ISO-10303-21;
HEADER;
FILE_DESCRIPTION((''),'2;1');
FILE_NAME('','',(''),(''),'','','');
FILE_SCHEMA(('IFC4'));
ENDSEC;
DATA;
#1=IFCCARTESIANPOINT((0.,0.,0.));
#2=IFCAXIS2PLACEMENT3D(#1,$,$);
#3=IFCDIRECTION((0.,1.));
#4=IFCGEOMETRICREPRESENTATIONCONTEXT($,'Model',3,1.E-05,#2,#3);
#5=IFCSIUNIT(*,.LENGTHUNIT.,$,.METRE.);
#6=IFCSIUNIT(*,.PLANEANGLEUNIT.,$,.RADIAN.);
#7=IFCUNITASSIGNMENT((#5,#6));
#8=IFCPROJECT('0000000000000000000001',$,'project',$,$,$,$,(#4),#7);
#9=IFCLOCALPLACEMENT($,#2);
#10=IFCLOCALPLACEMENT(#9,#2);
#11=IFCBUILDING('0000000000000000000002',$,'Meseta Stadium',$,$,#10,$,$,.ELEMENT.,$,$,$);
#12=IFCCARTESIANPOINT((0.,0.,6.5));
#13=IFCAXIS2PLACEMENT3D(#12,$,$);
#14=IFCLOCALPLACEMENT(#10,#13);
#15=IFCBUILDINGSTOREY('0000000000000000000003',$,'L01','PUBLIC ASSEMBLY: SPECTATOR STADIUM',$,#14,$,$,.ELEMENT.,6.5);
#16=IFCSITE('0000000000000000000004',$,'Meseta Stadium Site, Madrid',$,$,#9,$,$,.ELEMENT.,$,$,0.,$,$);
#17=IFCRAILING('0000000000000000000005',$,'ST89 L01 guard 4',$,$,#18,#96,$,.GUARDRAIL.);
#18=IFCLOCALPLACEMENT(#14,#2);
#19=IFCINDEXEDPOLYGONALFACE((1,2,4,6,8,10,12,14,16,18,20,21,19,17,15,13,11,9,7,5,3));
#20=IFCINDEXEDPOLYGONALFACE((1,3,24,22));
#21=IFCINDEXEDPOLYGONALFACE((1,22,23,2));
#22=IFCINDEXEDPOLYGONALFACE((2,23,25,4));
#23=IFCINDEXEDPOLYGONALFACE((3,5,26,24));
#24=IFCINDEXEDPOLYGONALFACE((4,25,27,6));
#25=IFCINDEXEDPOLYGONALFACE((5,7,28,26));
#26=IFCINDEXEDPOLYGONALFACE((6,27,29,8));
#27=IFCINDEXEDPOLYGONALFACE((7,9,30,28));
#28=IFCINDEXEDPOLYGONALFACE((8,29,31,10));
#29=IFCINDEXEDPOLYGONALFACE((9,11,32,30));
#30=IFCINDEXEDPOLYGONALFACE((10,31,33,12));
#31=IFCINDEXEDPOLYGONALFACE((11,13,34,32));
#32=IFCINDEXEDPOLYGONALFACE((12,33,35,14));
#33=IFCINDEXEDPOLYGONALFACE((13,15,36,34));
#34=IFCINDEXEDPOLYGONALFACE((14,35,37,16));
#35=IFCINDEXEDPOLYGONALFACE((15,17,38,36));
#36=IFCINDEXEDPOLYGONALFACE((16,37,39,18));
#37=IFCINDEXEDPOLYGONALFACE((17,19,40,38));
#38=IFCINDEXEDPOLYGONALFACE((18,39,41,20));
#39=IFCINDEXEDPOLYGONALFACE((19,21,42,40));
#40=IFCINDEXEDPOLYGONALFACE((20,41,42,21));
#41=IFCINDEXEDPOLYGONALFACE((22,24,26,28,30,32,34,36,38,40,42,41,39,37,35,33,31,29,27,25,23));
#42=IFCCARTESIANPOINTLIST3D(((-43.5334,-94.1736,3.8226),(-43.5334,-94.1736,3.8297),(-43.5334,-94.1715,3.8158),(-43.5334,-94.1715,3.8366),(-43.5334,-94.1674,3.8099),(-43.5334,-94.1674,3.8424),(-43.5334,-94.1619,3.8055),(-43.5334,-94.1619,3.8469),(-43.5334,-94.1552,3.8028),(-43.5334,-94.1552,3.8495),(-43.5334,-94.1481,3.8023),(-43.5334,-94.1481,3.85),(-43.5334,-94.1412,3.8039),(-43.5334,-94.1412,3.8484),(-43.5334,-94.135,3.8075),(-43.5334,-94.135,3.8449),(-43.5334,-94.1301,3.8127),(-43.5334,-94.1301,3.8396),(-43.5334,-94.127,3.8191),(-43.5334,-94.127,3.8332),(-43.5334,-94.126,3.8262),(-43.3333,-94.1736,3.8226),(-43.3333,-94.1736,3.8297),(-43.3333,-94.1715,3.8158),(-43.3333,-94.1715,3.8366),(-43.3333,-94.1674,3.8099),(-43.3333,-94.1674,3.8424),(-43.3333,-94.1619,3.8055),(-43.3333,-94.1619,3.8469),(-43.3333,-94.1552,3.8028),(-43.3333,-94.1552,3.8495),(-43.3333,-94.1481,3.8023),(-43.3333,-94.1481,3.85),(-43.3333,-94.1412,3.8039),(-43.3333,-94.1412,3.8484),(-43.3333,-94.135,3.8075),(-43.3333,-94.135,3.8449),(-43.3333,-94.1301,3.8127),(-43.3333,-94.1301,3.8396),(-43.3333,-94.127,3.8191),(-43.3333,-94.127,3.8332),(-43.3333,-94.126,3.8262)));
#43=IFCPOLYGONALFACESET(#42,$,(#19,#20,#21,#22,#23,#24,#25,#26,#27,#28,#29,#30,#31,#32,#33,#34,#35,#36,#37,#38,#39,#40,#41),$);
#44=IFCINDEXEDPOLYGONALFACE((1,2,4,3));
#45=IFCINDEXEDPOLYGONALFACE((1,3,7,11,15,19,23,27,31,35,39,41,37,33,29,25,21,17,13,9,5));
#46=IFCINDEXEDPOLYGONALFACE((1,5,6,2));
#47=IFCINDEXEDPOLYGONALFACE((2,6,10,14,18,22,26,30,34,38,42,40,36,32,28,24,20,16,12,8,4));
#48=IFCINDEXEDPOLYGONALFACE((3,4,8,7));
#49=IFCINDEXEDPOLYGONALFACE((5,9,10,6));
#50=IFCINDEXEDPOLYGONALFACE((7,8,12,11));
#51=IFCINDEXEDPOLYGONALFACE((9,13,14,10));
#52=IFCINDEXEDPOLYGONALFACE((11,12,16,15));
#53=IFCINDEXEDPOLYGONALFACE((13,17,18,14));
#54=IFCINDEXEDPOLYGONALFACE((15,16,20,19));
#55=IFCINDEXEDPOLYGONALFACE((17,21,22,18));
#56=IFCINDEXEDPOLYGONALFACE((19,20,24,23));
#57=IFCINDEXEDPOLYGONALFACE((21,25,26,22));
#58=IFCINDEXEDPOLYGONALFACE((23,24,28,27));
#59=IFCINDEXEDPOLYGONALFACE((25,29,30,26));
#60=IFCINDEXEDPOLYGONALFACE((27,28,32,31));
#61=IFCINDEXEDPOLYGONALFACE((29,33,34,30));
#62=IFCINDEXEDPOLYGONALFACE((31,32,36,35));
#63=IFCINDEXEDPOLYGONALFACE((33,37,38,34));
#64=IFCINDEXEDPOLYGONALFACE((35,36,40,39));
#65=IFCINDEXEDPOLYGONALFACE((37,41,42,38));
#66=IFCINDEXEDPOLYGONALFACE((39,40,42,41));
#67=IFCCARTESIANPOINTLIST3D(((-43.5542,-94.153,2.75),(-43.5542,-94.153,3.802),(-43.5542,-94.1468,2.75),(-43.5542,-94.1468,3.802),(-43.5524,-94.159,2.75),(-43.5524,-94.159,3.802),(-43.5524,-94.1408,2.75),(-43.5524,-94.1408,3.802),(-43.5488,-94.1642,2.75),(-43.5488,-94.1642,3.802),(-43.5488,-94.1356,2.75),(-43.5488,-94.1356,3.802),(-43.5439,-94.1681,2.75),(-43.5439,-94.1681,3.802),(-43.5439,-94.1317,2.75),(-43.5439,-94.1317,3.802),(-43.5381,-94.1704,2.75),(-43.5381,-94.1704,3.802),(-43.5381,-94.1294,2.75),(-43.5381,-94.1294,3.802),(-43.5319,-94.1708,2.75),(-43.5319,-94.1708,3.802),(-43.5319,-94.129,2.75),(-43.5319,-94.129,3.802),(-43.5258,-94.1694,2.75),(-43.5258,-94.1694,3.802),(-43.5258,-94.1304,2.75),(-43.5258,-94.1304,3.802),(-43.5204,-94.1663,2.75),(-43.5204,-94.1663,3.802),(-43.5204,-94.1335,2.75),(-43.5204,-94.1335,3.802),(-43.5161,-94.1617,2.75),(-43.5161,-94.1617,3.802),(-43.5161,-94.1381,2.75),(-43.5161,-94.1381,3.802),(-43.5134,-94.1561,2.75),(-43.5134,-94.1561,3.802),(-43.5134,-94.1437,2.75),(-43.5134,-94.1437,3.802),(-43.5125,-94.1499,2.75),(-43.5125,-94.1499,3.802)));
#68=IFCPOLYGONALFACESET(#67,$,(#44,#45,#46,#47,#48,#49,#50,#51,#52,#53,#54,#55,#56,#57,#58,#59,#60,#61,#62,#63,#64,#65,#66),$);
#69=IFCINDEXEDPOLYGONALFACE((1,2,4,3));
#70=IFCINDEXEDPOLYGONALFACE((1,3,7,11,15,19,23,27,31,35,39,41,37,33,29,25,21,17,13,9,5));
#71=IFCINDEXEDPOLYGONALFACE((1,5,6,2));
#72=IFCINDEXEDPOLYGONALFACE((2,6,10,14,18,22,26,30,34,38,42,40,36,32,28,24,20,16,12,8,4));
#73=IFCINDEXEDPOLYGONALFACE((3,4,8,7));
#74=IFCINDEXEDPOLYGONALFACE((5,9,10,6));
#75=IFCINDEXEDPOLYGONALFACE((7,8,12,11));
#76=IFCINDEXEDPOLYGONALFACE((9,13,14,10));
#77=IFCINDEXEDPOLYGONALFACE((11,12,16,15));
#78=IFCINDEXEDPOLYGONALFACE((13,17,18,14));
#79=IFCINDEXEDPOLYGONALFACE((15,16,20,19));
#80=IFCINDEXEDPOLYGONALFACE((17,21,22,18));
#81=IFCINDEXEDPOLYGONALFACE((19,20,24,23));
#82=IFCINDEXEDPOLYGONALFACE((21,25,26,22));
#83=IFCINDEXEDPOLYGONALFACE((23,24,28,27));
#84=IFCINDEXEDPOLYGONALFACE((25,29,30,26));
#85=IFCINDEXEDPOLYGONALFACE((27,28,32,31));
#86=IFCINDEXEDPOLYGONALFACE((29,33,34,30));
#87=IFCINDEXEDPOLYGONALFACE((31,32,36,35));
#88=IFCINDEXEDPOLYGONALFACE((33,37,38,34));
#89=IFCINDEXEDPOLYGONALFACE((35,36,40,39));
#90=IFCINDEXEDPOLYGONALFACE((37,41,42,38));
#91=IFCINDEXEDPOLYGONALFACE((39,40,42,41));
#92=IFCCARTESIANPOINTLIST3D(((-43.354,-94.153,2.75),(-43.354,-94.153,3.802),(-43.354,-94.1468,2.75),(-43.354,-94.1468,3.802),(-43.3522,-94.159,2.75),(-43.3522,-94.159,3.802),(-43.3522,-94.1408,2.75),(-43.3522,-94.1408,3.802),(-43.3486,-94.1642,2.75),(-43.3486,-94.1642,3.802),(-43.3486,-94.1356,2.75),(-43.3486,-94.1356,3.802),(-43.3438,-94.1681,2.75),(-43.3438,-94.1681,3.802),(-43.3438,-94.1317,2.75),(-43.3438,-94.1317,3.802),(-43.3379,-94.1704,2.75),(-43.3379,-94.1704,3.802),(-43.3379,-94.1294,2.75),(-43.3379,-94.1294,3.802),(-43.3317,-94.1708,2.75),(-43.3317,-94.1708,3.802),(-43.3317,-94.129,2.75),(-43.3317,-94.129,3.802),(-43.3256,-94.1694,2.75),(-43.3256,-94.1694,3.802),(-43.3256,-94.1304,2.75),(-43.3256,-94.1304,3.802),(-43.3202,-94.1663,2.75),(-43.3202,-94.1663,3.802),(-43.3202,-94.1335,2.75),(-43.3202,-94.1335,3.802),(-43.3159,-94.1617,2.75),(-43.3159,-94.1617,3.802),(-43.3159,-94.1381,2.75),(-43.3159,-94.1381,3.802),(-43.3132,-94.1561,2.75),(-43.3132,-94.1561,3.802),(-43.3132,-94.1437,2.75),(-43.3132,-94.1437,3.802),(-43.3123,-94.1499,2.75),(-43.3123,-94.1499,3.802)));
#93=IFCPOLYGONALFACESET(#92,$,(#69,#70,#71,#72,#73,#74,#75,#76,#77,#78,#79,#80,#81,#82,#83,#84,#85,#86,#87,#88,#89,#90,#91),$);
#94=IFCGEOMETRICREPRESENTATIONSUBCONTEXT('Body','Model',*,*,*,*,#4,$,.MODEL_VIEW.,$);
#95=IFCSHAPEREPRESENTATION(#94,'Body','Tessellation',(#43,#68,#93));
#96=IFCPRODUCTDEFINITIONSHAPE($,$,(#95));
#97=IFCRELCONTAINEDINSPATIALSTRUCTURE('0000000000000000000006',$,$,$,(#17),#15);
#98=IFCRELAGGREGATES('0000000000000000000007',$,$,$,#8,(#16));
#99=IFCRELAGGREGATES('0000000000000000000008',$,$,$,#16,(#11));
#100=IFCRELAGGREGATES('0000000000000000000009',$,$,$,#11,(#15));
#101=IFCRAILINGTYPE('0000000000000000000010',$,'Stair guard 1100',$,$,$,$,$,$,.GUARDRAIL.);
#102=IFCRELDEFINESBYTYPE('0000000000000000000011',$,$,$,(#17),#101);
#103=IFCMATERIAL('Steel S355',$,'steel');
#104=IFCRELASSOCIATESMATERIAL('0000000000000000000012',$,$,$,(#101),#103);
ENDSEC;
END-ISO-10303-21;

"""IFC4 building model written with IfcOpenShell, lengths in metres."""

from ifc_helpers import new_model, si_unit, direction, frame, origin, origin_2d, place, context, subcontext, project, spatial, circle, extrude, material, type_object, element, save


model = new_model("IFC4")

# Units and contexts
model_context = context("Model", 3, precision=1e-05, world=origin(), true_north=direction((0.0, 1.0)))
body_context = subcontext(model_context, "Body", "Model", "MODEL_VIEW")
ifc_project = project(units=[si_unit("LENGTHUNIT", "METRE"), si_unit("PLANEANGLEUNIT", "RADIAN")], contexts=[model_context])

# Site, building, storey
site_placement = place(None, origin())
site = spatial("IfcSite", under=ifc_project, at=site_placement, Name="Meseta Stadium Site, Madrid", CompositionType="ELEMENT", RefElevation=0.0)
building_placement = place(site_placement, origin())
building = spatial("IfcBuilding", under=site, at=building_placement, Name="Meseta Stadium", CompositionType="ELEMENT")
storey_placement = place(building_placement, frame((0.0, 0.0, 6.5)))
storey = spatial("IfcBuildingStorey", under=building, at=storey_placement, Name="L01", Description="PUBLIC ASSEMBLY: SPECTATOR STADIUM", CompositionType="ELEMENT", Elevation=6.5)

# Railing
ifc_material_1 = material(Name="Steel S355", Category="steel")
railing_type_1 = type_object("IfcRailingType", Name="Stair guard 1100", PredefinedType="GUARDRAIL", material=ifc_material_1)
railing_1_placement = place(storey_placement, frame((-43.5334, -94.1499, 2.75)))
element("IfcRailing", 1, at=railing_1_placement, inside=storey, type_object=railing_type_1, Name="ST89 L01 guard 4", PredefinedType="GUARDRAIL", context=body_context, shape_type="SweptSolid", body=[
    extrude(circle(Radius=0.0239, at=origin_2d()), frame((0.0, 0.0, 1.0762), z_axis=(1.0, 0.0, 0.0), x_axis=(0.0, 1.0, 0.0)), (0.0, 0.0, 1.0), 0.2002),
    extrude(circle(Radius=0.021, at=origin_2d()), origin(), (0.0, 0.0, 1.0), 1.052),
    extrude(circle(Radius=0.021, at=origin_2d()), frame((0.2002, 0.0, 0.0)), (0.0, 0.0, 1.0), 1.052),
])

save(model, "model.ifc")
